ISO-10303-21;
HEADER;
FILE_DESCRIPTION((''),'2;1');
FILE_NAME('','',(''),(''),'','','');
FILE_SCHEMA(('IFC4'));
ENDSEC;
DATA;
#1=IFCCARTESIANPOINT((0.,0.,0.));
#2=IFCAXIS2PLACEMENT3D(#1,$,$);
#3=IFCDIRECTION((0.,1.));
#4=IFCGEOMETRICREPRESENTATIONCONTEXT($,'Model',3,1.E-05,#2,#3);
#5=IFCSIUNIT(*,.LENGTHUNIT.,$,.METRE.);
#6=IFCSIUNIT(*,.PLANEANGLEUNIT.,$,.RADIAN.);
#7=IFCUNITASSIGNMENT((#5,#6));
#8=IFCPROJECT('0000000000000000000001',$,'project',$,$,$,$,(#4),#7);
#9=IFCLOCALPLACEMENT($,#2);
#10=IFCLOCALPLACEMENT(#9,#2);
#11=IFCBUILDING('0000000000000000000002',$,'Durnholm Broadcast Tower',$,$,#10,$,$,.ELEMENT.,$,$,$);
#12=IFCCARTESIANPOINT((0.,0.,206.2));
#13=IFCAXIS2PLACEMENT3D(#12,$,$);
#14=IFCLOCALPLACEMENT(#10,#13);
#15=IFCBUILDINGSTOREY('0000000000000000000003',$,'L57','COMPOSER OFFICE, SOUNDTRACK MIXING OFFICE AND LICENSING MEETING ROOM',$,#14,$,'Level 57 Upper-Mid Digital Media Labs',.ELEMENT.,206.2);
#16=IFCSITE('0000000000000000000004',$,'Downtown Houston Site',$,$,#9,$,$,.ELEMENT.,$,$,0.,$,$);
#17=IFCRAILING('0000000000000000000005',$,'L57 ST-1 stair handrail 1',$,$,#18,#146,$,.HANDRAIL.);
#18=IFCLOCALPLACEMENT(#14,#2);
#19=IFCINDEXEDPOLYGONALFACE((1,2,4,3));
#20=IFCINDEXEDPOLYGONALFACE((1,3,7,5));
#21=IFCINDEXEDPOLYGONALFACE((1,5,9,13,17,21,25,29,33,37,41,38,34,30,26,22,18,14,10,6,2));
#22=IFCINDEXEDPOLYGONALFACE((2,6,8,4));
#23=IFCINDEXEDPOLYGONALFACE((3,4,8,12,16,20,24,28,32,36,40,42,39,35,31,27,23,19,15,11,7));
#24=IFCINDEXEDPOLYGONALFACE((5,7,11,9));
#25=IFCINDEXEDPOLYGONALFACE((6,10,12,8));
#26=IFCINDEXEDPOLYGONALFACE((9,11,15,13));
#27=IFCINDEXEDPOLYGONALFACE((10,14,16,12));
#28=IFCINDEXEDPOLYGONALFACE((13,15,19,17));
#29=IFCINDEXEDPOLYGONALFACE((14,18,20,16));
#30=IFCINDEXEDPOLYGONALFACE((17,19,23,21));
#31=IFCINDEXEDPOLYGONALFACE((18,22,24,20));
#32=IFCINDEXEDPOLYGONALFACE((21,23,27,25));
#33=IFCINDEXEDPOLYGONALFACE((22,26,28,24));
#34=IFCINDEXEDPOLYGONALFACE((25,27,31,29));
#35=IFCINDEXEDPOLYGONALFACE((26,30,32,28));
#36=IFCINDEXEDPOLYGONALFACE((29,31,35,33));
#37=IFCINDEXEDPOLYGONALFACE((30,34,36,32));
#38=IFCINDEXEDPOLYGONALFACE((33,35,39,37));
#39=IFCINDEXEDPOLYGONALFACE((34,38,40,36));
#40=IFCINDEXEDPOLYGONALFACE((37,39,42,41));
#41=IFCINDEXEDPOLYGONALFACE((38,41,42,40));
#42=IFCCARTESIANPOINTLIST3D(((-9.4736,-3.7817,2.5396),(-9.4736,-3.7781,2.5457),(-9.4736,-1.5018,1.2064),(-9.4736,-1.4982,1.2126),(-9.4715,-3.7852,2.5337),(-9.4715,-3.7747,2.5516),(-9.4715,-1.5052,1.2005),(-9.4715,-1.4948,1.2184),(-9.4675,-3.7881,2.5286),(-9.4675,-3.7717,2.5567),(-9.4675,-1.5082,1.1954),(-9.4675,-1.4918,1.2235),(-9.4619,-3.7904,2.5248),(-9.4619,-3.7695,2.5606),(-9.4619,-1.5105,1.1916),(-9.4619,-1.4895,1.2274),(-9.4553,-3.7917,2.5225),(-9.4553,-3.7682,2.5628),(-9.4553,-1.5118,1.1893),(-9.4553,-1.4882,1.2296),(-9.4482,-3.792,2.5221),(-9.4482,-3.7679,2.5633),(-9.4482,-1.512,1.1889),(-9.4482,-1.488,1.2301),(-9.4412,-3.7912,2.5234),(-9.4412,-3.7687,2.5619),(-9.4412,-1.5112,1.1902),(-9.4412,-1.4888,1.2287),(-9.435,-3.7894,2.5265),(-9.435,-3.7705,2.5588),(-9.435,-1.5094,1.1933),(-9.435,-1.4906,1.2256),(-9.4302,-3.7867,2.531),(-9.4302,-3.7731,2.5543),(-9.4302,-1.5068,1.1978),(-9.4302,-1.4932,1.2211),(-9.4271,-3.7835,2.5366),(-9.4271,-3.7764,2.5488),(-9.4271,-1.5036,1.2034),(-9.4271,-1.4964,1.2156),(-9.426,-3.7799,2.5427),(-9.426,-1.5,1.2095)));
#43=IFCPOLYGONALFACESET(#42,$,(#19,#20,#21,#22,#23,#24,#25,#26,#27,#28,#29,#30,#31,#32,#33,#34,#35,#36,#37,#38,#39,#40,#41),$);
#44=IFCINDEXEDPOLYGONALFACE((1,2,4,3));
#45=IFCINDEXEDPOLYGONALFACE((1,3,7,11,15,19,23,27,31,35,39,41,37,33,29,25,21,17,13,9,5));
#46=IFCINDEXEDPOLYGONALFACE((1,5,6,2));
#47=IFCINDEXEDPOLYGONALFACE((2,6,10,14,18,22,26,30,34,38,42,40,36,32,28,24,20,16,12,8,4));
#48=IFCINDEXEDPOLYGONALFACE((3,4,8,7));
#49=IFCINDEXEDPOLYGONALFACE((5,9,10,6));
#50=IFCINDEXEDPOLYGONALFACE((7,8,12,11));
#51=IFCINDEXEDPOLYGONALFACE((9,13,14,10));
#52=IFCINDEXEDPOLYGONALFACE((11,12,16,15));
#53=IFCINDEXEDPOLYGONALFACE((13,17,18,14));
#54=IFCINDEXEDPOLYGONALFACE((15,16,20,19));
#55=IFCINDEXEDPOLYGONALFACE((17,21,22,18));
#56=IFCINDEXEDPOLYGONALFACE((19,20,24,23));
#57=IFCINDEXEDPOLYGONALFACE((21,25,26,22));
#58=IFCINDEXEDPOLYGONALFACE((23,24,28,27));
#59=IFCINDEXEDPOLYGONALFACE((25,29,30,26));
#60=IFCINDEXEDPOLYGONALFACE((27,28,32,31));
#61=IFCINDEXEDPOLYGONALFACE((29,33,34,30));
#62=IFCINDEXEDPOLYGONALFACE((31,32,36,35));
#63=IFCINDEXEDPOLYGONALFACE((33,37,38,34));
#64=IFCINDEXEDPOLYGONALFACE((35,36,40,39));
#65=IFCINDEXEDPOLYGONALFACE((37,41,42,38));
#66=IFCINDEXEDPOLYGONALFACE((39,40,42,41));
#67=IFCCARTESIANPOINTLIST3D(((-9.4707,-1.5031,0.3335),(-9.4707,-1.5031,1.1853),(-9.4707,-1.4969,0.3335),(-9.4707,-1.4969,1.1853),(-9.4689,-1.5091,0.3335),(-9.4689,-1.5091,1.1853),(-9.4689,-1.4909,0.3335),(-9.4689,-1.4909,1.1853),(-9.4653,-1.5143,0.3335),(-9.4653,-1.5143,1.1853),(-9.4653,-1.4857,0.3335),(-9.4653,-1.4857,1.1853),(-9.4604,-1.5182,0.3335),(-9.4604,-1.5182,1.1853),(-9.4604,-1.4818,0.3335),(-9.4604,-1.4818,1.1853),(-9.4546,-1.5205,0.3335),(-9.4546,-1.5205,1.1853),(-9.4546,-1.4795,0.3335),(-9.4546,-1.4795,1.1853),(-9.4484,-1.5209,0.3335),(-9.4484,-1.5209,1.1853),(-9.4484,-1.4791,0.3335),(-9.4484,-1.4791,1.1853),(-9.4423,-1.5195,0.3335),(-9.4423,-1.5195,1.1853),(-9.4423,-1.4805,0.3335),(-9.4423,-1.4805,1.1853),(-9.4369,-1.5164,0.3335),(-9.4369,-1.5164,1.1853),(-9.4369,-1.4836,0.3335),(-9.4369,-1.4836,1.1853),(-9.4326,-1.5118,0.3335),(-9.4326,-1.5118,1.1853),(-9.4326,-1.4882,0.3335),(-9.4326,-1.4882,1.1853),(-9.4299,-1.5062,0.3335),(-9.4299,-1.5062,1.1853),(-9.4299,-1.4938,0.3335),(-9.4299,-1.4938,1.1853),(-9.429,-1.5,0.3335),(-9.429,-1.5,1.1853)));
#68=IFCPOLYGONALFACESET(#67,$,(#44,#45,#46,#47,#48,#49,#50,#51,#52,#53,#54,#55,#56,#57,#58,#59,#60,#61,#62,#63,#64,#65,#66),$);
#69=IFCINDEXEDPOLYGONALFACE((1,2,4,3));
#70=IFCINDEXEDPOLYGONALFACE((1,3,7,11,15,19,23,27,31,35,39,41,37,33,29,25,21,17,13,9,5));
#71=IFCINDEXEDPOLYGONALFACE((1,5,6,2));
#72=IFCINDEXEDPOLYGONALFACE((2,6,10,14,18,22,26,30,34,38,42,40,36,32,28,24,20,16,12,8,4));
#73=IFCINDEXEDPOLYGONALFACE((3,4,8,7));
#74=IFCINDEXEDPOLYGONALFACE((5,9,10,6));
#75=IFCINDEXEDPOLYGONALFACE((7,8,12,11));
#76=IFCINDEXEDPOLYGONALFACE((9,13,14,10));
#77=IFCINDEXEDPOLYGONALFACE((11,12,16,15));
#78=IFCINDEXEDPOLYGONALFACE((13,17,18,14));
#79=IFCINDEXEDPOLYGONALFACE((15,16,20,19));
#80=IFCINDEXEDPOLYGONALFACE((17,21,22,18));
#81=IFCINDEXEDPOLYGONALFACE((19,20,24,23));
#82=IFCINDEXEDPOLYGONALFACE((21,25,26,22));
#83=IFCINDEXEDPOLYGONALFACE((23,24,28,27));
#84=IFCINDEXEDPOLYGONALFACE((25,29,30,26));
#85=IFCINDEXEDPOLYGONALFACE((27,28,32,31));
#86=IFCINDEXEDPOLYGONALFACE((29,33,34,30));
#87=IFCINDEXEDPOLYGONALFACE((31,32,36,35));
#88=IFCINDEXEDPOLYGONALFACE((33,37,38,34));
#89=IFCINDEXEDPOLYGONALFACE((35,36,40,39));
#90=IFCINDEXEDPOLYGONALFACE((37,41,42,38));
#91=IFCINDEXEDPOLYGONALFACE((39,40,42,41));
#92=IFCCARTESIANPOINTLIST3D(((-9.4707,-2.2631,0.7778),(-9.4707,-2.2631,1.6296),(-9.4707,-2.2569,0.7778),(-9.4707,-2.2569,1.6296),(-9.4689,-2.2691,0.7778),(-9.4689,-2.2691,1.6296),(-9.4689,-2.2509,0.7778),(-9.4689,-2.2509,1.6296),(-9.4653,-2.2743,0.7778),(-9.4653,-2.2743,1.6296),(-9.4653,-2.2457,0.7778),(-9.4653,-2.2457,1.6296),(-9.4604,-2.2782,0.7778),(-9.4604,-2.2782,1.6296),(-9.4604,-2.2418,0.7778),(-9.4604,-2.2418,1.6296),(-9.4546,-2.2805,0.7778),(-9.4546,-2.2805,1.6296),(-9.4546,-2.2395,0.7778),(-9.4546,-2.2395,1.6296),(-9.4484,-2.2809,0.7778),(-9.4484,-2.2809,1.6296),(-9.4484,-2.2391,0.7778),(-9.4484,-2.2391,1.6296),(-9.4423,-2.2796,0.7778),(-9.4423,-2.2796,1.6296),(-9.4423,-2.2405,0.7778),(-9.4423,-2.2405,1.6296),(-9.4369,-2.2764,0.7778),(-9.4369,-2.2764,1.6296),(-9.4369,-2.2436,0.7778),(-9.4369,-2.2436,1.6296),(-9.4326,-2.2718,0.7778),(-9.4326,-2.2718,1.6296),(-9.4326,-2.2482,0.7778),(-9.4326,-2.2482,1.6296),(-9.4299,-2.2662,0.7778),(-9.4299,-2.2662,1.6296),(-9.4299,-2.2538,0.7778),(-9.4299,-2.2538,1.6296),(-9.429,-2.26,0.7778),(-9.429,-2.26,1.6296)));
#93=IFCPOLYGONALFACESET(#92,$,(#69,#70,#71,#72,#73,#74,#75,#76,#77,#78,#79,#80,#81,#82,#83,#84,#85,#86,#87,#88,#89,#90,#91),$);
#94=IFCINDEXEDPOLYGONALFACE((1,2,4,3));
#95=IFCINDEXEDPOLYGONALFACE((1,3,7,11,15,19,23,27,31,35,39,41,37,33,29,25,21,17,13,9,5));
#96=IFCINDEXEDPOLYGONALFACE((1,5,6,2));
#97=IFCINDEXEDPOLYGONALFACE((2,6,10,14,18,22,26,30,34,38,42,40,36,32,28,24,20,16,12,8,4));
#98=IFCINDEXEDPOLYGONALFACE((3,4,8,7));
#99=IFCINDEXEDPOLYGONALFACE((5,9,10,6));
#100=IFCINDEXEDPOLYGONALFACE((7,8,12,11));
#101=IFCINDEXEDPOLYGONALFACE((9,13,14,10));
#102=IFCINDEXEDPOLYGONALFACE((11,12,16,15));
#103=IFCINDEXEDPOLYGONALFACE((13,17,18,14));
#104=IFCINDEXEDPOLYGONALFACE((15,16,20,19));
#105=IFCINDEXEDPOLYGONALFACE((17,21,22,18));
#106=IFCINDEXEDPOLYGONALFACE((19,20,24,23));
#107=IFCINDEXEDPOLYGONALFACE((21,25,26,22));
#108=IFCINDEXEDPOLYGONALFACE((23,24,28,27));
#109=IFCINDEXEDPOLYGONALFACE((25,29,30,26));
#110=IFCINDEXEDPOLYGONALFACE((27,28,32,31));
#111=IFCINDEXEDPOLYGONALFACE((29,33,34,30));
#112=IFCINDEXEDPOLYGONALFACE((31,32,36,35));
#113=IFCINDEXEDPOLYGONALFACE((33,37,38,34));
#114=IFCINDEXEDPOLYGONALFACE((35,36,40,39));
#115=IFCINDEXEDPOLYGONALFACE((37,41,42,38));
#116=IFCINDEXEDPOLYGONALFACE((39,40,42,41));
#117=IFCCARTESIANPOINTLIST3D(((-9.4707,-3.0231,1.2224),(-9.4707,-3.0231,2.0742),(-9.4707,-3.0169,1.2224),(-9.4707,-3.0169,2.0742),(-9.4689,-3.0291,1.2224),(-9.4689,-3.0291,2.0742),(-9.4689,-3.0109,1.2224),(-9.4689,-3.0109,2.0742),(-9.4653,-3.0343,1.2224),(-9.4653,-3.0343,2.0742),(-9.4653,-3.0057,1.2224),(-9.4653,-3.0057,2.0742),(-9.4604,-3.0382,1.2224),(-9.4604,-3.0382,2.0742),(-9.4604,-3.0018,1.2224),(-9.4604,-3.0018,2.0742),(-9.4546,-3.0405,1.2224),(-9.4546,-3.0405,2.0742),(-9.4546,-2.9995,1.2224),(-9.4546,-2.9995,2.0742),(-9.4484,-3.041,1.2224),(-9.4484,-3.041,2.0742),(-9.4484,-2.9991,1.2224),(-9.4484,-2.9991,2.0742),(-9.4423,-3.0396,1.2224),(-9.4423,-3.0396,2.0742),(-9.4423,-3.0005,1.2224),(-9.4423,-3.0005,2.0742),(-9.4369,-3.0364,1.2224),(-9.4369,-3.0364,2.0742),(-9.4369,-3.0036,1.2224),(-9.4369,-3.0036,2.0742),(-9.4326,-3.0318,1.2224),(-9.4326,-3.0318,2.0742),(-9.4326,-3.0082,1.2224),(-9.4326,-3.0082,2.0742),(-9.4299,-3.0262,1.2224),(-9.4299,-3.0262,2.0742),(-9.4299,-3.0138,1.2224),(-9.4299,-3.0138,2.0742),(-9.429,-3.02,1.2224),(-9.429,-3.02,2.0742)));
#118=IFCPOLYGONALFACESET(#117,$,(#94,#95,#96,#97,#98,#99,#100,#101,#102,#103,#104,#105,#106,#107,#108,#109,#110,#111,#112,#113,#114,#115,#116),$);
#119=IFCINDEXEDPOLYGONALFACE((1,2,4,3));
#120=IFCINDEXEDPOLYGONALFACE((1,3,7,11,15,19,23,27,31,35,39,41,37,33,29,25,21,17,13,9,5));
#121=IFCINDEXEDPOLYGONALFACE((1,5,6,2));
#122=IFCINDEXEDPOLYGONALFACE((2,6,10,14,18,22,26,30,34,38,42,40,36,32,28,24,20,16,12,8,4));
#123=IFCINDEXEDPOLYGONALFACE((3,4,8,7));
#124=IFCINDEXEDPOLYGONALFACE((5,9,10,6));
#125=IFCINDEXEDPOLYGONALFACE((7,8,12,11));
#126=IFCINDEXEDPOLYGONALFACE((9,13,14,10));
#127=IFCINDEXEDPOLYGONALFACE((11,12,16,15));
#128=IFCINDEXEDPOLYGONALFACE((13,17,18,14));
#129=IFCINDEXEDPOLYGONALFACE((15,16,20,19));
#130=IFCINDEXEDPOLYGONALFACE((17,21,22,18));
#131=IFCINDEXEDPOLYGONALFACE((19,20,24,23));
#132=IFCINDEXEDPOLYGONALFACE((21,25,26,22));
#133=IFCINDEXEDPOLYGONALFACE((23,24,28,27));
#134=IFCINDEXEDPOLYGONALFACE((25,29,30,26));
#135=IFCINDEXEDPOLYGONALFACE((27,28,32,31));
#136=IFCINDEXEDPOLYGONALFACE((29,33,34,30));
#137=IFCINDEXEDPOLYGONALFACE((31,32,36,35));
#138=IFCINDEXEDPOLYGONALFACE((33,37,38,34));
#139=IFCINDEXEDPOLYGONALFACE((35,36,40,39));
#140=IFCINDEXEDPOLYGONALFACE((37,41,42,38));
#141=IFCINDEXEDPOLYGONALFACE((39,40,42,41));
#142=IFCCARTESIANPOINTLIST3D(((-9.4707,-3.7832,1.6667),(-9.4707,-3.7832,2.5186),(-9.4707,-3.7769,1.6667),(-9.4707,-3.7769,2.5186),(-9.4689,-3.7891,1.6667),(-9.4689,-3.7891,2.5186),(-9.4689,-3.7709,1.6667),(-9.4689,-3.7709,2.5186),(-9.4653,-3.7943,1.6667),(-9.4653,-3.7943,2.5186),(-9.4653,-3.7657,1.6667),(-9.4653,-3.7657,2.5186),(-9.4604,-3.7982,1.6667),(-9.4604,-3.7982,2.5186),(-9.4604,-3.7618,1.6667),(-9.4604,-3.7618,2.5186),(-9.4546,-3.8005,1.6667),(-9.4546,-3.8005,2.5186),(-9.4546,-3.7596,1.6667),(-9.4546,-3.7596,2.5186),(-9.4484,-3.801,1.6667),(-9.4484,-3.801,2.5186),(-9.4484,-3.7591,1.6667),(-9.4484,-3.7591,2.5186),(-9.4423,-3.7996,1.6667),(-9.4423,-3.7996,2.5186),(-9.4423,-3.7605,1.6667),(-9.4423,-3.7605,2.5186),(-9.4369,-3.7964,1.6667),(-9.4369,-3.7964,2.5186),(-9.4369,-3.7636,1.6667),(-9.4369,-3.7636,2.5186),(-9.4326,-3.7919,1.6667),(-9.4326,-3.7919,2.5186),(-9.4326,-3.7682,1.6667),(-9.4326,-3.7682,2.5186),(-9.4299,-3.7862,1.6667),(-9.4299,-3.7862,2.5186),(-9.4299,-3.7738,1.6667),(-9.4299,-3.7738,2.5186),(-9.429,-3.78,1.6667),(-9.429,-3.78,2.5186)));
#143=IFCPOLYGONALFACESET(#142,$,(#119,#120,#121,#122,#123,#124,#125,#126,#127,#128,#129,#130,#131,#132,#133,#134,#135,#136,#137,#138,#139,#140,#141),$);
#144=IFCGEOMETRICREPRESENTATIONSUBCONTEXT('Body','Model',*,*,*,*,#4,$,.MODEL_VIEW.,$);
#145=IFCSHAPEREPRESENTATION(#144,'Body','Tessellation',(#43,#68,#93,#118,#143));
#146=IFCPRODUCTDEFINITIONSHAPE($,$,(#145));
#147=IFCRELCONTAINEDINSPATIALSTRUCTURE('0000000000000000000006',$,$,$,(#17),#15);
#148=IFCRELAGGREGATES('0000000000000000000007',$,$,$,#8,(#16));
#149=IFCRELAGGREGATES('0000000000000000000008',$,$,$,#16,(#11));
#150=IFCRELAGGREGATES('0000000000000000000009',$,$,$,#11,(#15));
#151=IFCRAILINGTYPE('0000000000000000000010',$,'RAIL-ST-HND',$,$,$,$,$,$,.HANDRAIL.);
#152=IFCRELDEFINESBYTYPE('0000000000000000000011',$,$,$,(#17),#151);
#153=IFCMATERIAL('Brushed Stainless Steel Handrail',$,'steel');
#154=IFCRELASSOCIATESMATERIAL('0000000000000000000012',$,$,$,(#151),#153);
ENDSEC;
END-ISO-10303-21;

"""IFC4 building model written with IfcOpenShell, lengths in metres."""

from ifc_helpers import new_model, si_unit, direction, frame, origin, origin_2d, place, context, subcontext, project, spatial, circle, extrude, material, type_object, element, save


model = new_model("IFC4")

# Units and contexts
model_context = context("Model", 3, precision=1e-05, world=origin(), true_north=direction((0.0, 1.0)))
body_context = subcontext(model_context, "Body", "Model", "MODEL_VIEW")
ifc_project = project(units=[si_unit("LENGTHUNIT", "METRE"), si_unit("PLANEANGLEUNIT", "RADIAN")], contexts=[model_context])

# Site, building, storey
site_placement = place(None, origin())
site = spatial("IfcSite", under=ifc_project, at=site_placement, Name="Downtown Houston Site", CompositionType="ELEMENT", RefElevation=0.0)
building_placement = place(site_placement, origin())
building = spatial("IfcBuilding", under=site, at=building_placement, Name="Durnholm Broadcast Tower", CompositionType="ELEMENT")
storey_placement = place(building_placement, frame((0.0, 0.0, 206.2)))
storey = spatial("IfcBuildingStorey", under=building, at=storey_placement, Name="L57", Description="COMPOSER OFFICE, SOUNDTRACK MIXING OFFICE AND LICENSING MEETING ROOM", LongName="Level 57 Upper-Mid Digital Media Labs", CompositionType="ELEMENT", Elevation=206.2)

# Railing
ifc_material_1 = material(Name="Brushed Stainless Steel Handrail", Category="steel")
railing_type_1 = type_object("IfcRailingType", Name="RAIL-ST-HND", PredefinedType="HANDRAIL", material=ifc_material_1)
railing_1_placement = place(storey_placement, frame((-9.45, -1.5, 0.3335)))
element("IfcRailing", 1, at=railing_1_placement, inside=storey, type_object=railing_type_1, Name="L57 ST-1 stair handrail 1", PredefinedType="HANDRAIL", context=body_context, shape_type="SweptSolid", body=[
    extrude(circle(Radius=0.0239, at=origin_2d()), frame((0.0, 0.0, 0.876), z_axis=(0.0, -0.863245, 0.504785), x_axis=(1.0, 0.0, 0.0)), (0.0, 0.0, 1.0), 2.6411),
    extrude(circle(Radius=0.021, at=origin_2d()), origin(), (0.0, 0.0, 1.0), 0.8518),
    extrude(circle(Radius=0.021, at=origin_2d()), frame((0.0, -0.76, 0.4443)), (0.0, 0.0, 1.0), 0.8518),
    extrude(circle(Radius=0.021, at=origin_2d()), frame((0.0, -1.52, 0.8889)), (0.0, 0.0, 1.0), 0.8518),
    extrude(circle(Radius=0.021, at=origin_2d()), frame((0.0, -2.28, 1.3333)), (0.0, 0.0, 1.0), 0.8518),
])

save(model, "model.ifc")
